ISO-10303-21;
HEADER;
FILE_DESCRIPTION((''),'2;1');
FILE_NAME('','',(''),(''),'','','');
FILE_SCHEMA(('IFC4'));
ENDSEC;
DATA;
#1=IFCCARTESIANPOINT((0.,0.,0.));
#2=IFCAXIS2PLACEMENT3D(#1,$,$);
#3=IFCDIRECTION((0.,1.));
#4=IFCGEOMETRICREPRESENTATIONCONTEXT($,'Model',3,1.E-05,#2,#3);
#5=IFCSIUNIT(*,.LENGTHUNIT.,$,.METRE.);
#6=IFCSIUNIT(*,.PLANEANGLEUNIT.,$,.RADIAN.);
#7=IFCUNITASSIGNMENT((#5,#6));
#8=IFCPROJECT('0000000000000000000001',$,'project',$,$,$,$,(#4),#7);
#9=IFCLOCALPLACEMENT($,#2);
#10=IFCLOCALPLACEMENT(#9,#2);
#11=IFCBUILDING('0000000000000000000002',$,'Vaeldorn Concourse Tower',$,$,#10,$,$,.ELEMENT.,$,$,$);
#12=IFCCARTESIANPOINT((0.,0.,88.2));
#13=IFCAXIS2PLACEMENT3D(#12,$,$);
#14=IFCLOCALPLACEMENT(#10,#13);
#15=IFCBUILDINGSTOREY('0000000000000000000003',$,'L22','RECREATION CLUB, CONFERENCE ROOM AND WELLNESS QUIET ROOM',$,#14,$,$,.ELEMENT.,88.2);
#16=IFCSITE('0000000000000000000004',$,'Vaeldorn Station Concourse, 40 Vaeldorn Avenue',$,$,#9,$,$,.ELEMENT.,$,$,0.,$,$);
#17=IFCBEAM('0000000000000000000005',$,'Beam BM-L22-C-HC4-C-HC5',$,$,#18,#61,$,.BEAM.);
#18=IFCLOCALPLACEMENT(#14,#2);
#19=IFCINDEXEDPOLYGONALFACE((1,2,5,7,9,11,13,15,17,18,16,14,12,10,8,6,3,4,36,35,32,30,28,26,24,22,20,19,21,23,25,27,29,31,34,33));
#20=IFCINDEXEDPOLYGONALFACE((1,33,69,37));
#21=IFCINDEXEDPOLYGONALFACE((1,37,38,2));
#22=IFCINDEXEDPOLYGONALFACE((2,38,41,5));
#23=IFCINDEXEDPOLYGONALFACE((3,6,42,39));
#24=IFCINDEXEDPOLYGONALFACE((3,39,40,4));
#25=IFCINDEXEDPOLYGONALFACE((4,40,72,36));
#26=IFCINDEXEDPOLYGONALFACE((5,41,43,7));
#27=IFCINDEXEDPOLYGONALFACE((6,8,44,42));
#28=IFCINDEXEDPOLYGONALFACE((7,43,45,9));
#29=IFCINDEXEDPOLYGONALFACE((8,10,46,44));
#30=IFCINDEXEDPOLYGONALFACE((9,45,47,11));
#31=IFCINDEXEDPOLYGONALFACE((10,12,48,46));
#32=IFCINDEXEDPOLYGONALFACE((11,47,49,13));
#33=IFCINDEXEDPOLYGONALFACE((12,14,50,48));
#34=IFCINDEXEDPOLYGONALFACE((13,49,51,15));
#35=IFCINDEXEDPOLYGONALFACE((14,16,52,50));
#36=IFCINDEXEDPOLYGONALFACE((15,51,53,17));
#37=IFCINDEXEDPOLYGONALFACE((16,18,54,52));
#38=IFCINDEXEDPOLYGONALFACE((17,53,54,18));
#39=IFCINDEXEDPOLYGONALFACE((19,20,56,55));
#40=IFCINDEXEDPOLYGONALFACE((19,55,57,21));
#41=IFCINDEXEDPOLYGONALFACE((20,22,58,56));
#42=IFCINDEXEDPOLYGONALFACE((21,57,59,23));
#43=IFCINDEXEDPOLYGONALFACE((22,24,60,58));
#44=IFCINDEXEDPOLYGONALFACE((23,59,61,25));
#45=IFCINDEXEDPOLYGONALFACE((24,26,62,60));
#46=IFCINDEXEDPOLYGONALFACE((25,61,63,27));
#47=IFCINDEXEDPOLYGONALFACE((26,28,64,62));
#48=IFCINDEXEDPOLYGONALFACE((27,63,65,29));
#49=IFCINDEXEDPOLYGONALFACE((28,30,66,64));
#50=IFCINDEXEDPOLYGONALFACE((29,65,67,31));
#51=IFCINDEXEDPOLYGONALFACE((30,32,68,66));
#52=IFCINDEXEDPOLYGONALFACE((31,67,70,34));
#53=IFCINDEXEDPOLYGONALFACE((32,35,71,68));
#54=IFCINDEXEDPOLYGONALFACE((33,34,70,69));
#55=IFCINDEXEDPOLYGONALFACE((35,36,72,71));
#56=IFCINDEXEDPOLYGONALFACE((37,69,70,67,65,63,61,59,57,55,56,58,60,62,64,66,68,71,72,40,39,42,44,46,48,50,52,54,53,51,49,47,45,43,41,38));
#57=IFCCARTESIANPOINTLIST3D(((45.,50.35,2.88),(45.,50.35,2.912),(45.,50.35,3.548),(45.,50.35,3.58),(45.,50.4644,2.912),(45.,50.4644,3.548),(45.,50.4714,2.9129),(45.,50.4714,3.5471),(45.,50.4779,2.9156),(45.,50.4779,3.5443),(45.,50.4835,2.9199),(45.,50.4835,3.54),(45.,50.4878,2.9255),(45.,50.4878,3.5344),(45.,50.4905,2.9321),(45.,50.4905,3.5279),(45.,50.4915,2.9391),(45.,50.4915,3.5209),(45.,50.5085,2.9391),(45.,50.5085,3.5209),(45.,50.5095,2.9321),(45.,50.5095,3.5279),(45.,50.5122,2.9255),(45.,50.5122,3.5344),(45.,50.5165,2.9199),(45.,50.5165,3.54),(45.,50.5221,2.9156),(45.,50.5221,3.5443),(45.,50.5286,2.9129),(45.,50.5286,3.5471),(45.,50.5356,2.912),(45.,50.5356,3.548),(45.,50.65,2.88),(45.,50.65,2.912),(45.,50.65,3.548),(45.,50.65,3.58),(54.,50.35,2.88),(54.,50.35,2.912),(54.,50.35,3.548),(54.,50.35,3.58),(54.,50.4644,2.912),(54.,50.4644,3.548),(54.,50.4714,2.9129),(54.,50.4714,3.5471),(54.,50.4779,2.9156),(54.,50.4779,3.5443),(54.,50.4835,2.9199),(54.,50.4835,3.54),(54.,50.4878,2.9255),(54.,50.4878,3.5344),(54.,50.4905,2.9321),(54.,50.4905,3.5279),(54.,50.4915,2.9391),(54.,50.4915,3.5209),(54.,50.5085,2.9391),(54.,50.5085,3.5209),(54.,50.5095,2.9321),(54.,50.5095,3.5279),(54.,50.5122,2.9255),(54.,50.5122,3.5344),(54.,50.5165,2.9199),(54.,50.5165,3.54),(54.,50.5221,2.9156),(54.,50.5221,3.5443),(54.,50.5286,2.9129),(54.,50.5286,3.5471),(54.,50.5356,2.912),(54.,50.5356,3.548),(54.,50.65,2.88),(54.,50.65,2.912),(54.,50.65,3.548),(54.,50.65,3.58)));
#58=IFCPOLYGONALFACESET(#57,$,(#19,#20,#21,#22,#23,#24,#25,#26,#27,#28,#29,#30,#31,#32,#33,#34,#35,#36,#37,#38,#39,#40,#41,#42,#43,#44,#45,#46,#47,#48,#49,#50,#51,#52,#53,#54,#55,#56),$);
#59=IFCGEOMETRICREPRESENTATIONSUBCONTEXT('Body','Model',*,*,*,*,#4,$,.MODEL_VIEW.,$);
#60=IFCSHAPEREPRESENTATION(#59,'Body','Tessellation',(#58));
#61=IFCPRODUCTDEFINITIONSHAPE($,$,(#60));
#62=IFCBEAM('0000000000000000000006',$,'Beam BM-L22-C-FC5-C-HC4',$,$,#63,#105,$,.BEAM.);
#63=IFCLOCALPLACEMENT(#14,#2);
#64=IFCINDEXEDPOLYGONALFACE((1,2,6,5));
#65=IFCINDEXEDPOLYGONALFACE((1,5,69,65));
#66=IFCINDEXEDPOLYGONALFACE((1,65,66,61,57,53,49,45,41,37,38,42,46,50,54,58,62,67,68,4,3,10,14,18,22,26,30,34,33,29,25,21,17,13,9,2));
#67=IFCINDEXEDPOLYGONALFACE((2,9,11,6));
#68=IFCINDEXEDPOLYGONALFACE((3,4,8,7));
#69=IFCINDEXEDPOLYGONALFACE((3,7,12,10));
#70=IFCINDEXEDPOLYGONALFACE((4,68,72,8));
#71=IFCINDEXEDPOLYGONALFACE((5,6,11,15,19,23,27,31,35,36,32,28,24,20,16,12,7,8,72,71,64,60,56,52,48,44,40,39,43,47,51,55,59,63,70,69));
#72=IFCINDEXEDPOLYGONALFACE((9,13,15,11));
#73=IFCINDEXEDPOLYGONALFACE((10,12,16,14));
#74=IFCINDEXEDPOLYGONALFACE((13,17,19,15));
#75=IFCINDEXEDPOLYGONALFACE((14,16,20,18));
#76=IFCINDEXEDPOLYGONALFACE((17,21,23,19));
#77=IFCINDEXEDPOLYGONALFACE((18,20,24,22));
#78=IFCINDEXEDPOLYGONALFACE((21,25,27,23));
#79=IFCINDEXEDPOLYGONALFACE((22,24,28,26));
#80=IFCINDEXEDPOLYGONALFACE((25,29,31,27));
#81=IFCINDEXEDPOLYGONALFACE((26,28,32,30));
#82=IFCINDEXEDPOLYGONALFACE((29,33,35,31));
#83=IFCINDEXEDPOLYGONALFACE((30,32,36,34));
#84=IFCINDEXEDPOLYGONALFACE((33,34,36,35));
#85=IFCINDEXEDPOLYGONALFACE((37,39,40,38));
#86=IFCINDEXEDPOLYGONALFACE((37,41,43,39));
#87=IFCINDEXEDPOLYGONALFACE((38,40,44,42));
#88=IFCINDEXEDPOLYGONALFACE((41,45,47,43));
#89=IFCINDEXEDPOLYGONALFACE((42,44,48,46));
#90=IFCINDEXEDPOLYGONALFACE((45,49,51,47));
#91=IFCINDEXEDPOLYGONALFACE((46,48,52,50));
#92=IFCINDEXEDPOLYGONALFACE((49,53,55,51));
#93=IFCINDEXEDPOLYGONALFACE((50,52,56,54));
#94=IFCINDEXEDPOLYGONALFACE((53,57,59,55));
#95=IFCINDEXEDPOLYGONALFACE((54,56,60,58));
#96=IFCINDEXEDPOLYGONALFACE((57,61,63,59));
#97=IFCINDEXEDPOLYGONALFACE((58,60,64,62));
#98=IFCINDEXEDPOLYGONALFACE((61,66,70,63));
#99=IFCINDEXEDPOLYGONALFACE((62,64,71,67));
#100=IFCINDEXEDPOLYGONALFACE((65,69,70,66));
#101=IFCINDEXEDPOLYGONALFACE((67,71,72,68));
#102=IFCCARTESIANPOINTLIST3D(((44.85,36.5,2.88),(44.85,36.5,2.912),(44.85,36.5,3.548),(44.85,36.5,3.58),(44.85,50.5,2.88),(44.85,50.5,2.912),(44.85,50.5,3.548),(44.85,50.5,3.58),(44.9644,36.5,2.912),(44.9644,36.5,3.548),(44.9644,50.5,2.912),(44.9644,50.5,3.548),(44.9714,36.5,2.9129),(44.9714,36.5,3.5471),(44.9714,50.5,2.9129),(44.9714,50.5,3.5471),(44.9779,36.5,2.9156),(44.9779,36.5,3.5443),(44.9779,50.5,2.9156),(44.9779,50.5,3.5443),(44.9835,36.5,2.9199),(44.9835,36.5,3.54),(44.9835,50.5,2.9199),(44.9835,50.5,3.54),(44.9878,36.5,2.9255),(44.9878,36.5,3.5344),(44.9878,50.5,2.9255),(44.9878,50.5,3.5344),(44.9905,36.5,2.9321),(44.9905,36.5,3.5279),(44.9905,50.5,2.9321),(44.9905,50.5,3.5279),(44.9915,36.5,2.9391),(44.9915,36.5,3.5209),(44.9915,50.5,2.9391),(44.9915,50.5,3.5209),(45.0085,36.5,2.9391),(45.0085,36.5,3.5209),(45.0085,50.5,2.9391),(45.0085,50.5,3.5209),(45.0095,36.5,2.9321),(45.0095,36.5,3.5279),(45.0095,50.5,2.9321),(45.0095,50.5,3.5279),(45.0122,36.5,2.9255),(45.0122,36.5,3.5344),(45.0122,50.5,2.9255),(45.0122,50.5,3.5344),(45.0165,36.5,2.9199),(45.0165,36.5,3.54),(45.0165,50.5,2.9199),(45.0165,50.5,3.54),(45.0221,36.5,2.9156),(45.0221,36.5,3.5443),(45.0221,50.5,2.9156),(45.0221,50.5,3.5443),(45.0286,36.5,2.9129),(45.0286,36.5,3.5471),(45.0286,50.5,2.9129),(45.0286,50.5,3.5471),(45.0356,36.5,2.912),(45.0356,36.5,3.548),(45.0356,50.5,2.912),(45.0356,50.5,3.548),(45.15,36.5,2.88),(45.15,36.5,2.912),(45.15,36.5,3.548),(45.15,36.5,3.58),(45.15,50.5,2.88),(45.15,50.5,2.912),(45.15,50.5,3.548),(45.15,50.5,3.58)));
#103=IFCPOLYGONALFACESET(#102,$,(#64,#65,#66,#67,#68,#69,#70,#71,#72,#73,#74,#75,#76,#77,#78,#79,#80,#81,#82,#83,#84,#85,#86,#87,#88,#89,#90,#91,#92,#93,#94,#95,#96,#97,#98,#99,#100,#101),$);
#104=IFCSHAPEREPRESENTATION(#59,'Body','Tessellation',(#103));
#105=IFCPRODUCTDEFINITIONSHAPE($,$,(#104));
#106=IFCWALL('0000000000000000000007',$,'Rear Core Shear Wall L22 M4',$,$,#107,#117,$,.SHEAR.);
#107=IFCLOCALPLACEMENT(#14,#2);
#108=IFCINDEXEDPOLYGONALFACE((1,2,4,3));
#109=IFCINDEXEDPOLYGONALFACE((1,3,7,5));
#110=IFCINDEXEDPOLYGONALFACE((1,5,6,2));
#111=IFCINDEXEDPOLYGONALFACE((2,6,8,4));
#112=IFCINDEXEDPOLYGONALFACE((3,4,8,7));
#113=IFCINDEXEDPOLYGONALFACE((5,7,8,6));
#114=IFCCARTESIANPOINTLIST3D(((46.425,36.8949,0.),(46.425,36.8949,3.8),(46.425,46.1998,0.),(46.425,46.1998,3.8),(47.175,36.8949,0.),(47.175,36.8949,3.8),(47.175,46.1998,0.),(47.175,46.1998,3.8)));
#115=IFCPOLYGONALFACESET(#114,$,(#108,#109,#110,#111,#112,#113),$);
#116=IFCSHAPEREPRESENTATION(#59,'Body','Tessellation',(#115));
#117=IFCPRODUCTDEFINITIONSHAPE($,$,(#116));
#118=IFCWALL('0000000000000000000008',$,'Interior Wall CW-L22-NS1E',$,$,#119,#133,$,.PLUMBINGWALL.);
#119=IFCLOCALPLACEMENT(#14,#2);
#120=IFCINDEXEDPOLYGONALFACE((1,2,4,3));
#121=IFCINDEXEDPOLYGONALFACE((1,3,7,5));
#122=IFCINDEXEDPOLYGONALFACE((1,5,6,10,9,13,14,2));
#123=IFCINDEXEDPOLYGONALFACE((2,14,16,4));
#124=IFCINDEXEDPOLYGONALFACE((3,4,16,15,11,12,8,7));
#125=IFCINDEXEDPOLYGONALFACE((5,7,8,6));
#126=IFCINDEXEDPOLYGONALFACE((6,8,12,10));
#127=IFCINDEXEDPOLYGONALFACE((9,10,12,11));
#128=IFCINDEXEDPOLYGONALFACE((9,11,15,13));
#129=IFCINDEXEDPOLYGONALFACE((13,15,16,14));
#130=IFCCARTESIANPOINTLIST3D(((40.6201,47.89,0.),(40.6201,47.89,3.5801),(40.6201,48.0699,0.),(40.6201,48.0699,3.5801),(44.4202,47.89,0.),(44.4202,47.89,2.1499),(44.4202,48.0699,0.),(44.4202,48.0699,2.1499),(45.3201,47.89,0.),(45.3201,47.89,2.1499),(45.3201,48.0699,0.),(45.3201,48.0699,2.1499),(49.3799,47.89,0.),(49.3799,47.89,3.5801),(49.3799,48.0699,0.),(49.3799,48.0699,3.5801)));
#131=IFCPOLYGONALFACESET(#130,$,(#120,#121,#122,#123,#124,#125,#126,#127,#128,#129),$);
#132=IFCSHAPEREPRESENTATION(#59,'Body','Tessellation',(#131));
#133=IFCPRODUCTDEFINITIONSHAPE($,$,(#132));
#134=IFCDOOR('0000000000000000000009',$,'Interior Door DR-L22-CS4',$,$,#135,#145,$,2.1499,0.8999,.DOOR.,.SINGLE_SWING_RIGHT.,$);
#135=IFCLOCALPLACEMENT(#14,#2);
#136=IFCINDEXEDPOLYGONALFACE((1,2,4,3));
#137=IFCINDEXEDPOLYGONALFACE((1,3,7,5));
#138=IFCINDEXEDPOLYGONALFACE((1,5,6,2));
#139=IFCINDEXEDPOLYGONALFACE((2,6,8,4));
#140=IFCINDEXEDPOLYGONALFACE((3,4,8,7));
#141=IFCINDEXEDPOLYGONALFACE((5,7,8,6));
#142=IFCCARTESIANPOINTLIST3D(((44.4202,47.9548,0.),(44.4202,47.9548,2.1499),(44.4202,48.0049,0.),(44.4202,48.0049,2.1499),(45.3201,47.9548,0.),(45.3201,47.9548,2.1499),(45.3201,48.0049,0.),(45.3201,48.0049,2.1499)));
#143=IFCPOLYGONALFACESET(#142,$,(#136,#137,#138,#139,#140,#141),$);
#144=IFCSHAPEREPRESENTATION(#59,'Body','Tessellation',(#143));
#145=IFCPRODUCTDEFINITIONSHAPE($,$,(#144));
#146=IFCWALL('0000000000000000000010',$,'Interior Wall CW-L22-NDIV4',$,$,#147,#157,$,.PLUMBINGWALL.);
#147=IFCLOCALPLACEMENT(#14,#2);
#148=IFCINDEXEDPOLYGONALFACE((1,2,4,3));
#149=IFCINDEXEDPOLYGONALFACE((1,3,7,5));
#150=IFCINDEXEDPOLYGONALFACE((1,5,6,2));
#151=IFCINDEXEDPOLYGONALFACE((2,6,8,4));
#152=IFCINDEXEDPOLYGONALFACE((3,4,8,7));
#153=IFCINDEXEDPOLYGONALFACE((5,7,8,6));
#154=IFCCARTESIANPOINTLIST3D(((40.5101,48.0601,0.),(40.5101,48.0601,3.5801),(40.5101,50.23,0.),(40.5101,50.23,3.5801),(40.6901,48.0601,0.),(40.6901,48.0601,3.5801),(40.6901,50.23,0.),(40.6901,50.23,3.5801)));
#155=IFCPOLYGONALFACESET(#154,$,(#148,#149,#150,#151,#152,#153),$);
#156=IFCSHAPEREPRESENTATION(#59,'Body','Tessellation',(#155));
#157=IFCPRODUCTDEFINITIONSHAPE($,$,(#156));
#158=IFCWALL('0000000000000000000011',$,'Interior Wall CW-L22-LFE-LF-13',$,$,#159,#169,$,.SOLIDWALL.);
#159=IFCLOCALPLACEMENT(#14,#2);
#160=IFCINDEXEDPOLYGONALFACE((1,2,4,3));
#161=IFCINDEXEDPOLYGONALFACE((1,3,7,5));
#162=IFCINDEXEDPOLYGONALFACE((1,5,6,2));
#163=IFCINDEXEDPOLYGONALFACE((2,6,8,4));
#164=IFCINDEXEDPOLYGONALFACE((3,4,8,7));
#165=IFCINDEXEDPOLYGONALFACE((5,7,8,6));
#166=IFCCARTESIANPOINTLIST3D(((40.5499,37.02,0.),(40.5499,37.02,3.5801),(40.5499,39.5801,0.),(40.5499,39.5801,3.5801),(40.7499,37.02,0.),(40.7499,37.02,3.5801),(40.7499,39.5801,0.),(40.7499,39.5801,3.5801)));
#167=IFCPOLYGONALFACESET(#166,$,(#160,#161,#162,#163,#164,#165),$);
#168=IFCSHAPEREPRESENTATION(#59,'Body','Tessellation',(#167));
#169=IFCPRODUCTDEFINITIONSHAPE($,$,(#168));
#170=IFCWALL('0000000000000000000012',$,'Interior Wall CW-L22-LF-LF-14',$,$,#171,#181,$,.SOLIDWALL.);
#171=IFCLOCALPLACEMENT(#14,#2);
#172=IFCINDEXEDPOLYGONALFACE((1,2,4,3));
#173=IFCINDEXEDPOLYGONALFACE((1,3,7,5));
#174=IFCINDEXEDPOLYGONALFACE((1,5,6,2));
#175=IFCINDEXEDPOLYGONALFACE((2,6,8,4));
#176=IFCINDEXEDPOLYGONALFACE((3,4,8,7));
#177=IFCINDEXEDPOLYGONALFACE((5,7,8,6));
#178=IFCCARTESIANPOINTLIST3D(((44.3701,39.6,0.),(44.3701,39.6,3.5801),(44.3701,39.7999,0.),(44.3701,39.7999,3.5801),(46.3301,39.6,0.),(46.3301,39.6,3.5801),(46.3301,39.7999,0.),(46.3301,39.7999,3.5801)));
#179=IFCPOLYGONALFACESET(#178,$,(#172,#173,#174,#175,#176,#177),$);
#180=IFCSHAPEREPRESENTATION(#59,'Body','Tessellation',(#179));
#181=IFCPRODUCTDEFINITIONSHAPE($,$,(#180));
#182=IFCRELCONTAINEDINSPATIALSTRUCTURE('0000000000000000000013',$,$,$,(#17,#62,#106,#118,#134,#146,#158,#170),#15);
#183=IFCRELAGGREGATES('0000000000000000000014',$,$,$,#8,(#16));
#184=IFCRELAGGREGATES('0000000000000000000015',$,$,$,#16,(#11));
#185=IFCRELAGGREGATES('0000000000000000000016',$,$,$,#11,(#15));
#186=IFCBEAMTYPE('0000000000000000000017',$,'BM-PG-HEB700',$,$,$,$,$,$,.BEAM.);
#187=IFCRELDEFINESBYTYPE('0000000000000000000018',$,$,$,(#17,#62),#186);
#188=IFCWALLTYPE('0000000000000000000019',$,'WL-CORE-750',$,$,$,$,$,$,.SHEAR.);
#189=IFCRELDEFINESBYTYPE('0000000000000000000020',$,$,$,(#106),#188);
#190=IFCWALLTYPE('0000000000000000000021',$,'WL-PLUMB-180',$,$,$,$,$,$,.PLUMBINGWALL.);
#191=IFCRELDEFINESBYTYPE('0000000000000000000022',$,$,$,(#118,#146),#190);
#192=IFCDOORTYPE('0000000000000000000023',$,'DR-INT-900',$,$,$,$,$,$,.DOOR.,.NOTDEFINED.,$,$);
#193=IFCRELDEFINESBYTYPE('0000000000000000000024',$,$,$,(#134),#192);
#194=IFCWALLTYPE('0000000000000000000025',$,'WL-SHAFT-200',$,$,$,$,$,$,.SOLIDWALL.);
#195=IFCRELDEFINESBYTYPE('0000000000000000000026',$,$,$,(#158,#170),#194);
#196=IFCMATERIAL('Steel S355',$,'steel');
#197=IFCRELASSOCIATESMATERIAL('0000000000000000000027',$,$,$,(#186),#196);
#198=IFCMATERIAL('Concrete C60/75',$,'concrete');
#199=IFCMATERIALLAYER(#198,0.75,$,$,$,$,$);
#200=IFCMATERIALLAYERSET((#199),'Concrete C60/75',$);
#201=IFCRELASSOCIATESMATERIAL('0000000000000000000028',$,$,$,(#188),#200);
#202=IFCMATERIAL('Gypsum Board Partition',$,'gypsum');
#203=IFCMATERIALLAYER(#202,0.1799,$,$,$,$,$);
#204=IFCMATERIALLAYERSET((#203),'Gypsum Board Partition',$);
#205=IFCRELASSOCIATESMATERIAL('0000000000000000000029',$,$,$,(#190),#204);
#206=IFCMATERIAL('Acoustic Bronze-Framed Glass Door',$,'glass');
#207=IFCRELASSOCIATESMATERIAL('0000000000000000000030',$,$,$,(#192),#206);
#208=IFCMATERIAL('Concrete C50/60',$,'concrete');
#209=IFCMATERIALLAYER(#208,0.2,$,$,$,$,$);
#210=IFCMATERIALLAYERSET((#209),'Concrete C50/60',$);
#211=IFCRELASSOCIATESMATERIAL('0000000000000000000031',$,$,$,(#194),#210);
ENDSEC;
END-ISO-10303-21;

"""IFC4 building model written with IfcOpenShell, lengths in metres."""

from ifc_helpers import new_model, si_unit, direction, frame, frame_2d, origin, origin_2d, place, context, subcontext, project, spatial, rectangle, i_section, extrude, source, transform, mapped, material, layer, layer_set, material_profile, profile_set, type_object, element, fill, save


model = new_model("IFC4")

# Units and contexts
model_context = context("Model", 3, precision=1e-05, world=origin(), true_north=direction((0.0, 1.0)))
body_context = subcontext(model_context, "Body", "Model", "MODEL_VIEW")
ifc_project = project(units=[si_unit("LENGTHUNIT", "METRE"), si_unit("PLANEANGLEUNIT", "RADIAN")], contexts=[model_context])

# Site, building, storey
site_placement = place(None, origin())
site = spatial("IfcSite", under=ifc_project, at=site_placement, Name="Vaeldorn Station Concourse, 40 Vaeldorn Avenue", CompositionType="ELEMENT", RefElevation=0.0)
building_placement = place(site_placement, origin())
building = spatial("IfcBuilding", under=site, at=building_placement, Name="Vaeldorn Concourse Tower", CompositionType="ELEMENT")
storey_placement = place(building_placement, frame((0.0, 0.0, 88.2)))
storey = spatial("IfcBuildingStorey", under=building, at=storey_placement, Name="L22", Description="RECREATION CLUB, CONFERENCE ROOM AND WELLNESS QUIET ROOM", CompositionType="ELEMENT", Elevation=88.2)

# Beams
ifc_material_1 = material(Name="Concrete C60/75", Category="concrete")
ifc_material_2 = material(Name="Steel S355", Category="steel")
ifc_material_profile_1 = material_profile(ifc_material_2, i_section(OverallWidth=0.3, OverallDepth=0.7, WebThickness=0.0171, FlangeThickness=0.032, FilletRadius=0.0271, at=origin_2d()), Name="HEB 700")
ifc_profile_set_1 = profile_set([ifc_material_profile_1], Name="Steel S355")
beam_type_1 = type_object("IfcBeamType", Name="BM-PG-HEB700", PredefinedType="BEAM", material=ifc_profile_set_1)
shared_shape_1 = source(origin(), body_context, "Body", "SweptSolid", [
    extrude(i_section(OverallWidth=0.3, OverallDepth=0.7, WebThickness=0.0171, FlangeThickness=0.032, FilletRadius=0.0271, at=origin_2d()), origin(), (0.0, 0.0, 1.0), 9.0),
])
beam_1_placement = place(storey_placement, frame((45.0, 50.5, 3.23), z_axis=(1.0, 0.0, 0.0), x_axis=(0.0, 1.0, 0.0)))
element("IfcBeam", 1, at=beam_1_placement, inside=storey, type_object=beam_type_1, Name="Beam BM-L22-C-HC4-C-HC5", PredefinedType="BEAM", context=body_context, shape_type="MappedRepresentation", body=[
    mapped(shared_shape_1, transform((0.0, 0.0, 0.0), scale=1.0)),
])
shared_shape_2 = source(origin(), body_context, "Body", "SweptSolid", [
    extrude(i_section(OverallWidth=0.3, OverallDepth=0.7, WebThickness=0.0171, FlangeThickness=0.032, FilletRadius=0.0271, at=origin_2d()), origin(), (0.0, 0.0, 1.0), 14.0),
])
beam_2_placement = place(storey_placement, frame((45.0, 36.5, 3.23), z_axis=(0.0, 1.0, 0.0), x_axis=(-1.0, 0.0, 0.0)))
element("IfcBeam", 2, at=beam_2_placement, inside=storey, type_object=beam_type_1, Name="Beam BM-L22-C-FC5-C-HC4", PredefinedType="BEAM", context=body_context, shape_type="MappedRepresentation", body=[
    mapped(shared_shape_2, transform((0.0, 0.0, 0.0), scale=1.0)),
])

# Wall
ifc_layer_1 = layer(ifc_material_1, 0.75)
ifc_layer_set_1 = layer_set([ifc_layer_1], Name="Concrete C60/75")
wall_type_1 = type_object("IfcWallType", Name="WL-CORE-750", PredefinedType="SHEAR", material=ifc_layer_set_1)
wall_1_placement = place(storey_placement, frame((46.8, 36.895, 0.0), z_axis=(0.0, 0.0, 1.0), x_axis=(0.0, 1.0, 0.0)))
element("IfcWall", 3, at=wall_1_placement, inside=storey, type_object=wall_type_1, Name="Rear Core Shear Wall L22 M4", PredefinedType="SHEAR", context=body_context, shape_type="SweptSolid", body=[
    extrude(rectangle(XDim=9.3049, YDim=0.75, at=frame_2d((4.6523, 0.0))), origin(), (0.0, 0.0, 1.0), 3.8),
])

# Wall, opening, door
ifc_material_3 = material(Name="Gypsum Board Partition", Category="gypsum")
ifc_layer_2 = layer(ifc_material_3, 0.1799)
ifc_layer_set_2 = layer_set([ifc_layer_2], Name="Gypsum Board Partition")
wall_type_2 = type_object("IfcWallType", Name="WL-PLUMB-180", PredefinedType="PLUMBINGWALL", material=ifc_layer_set_2)
wall_2_placement = place(storey_placement, frame((40.6201, 47.98, 0.0), z_axis=(0.0, 0.0, 1.0), x_axis=(1.0, 0.0, 0.0)))
wall_2 = element("IfcWall", 4, at=wall_2_placement, inside=storey, type_object=wall_type_2, Name="Interior Wall CW-L22-NS1E", PredefinedType="PLUMBINGWALL", context=body_context, shape_type="SweptSolid", body=[
    extrude(rectangle(XDim=8.7598, YDim=0.1799, at=frame_2d((4.3799, 0.0))), origin(), (0.0, 0.0, 1.0), 3.5801),
])
opening_1_placement = place(wall_2_placement, frame((3.8, 0.0, 0.0)))
opening_1 = element("IfcOpeningElement", 5, at=opening_1_placement, cuts=wall_2, PredefinedType="OPENING", context=body_context, shape_type="SweptSolid", body=[
    extrude(rectangle(XDim=0.8999, YDim=2.1499, at=frame_2d((0.45, 1.075))), frame((0.0, 0.1001, 0.0), z_axis=(0.0, -1.0, 0.0), x_axis=(1.0, 0.0, 0.0)), (0.0, 0.0, 1.0), 0.2),
])
ifc_material_4 = material(Name="Acoustic Bronze-Framed Glass Door", Category="glass")
door_type_1 = type_object("IfcDoorType", Name="DR-INT-900", OperationType="NOTDEFINED", PredefinedType="DOOR", material=ifc_material_4)
shared_shape_3 = source(origin(), body_context, "Body", "SweptSolid", [
    extrude(rectangle(XDim=0.8999, YDim=2.1499, at=frame_2d((0.45, 1.075))), frame((0.0, 0.0249, 0.0), z_axis=(0.0, -1.0, 0.0), x_axis=(1.0, 0.0, 0.0)), (0.0, 0.0, 1.0), 0.05),
])
door_1_placement = place(opening_1_placement, origin())
door_1 = element("IfcDoor", 6, at=door_1_placement, inside=storey, type_object=door_type_1, Name="Interior Door DR-L22-CS4", OperationType="SINGLE_SWING_RIGHT", OverallHeight=2.1499, OverallWidth=0.8999, PredefinedType="DOOR", context=body_context, shape_type="MappedRepresentation", body=[
    mapped(shared_shape_3, transform((0.0, 0.0, 0.0), scale=1.0)),
])
fill(opening_1, door_1)

# Wall
wall_3_placement = place(storey_placement, frame((40.6001, 48.0601, 0.0), z_axis=(0.0, 0.0, 1.0), x_axis=(0.0, 1.0, 0.0)))
element("IfcWall", 7, at=wall_3_placement, inside=storey, type_object=wall_type_2, Name="Interior Wall CW-L22-NDIV4", PredefinedType="PLUMBINGWALL", context=body_context, shape_type="SweptSolid", body=[
    extrude(rectangle(XDim=2.1699, YDim=0.1799, at=frame_2d((1.085, 0.0))), origin(), (0.0, 0.0, 1.0), 3.5801),
])

# Shared definitions
ifc_material_5 = material(Name="Concrete C50/60", Category="concrete")
ifc_layer_3 = layer(ifc_material_5, 0.2)
ifc_layer_set_3 = layer_set([ifc_layer_3], Name="Concrete C50/60")
wall_type_3 = type_object("IfcWallType", Name="WL-SHAFT-200", PredefinedType="SOLIDWALL", material=ifc_layer_set_3)

# Walls
wall_4_placement = place(storey_placement, frame((40.6499, 37.02, 0.0), z_axis=(0.0, 0.0, 1.0), x_axis=(0.0, 1.0, 0.0)))
element("IfcWall", 8, at=wall_4_placement, inside=storey, type_object=wall_type_3, Name="Interior Wall CW-L22-LFE-LF-13", PredefinedType="SOLIDWALL", context=body_context, shape_type="SweptSolid", body=[
    extrude(rectangle(XDim=2.5601, YDim=0.2, at=frame_2d((1.28, 0.0))), origin(), (0.0, 0.0, 1.0), 3.5801),
])
wall_5_placement = place(storey_placement, frame((44.3701, 39.7, 0.0), z_axis=(0.0, 0.0, 1.0), x_axis=(1.0, 0.0, 0.0)))
element("IfcWall", 9, at=wall_5_placement, inside=storey, type_object=wall_type_3, Name="Interior Wall CW-L22-LF-LF-14", PredefinedType="SOLIDWALL", context=body_context, shape_type="SweptSolid", body=[
    extrude(rectangle(XDim=1.96, YDim=0.2, at=frame_2d((0.98, 0.0))), origin(), (0.0, 0.0, 1.0), 3.5801),
])

save(model, "model.ifc")
